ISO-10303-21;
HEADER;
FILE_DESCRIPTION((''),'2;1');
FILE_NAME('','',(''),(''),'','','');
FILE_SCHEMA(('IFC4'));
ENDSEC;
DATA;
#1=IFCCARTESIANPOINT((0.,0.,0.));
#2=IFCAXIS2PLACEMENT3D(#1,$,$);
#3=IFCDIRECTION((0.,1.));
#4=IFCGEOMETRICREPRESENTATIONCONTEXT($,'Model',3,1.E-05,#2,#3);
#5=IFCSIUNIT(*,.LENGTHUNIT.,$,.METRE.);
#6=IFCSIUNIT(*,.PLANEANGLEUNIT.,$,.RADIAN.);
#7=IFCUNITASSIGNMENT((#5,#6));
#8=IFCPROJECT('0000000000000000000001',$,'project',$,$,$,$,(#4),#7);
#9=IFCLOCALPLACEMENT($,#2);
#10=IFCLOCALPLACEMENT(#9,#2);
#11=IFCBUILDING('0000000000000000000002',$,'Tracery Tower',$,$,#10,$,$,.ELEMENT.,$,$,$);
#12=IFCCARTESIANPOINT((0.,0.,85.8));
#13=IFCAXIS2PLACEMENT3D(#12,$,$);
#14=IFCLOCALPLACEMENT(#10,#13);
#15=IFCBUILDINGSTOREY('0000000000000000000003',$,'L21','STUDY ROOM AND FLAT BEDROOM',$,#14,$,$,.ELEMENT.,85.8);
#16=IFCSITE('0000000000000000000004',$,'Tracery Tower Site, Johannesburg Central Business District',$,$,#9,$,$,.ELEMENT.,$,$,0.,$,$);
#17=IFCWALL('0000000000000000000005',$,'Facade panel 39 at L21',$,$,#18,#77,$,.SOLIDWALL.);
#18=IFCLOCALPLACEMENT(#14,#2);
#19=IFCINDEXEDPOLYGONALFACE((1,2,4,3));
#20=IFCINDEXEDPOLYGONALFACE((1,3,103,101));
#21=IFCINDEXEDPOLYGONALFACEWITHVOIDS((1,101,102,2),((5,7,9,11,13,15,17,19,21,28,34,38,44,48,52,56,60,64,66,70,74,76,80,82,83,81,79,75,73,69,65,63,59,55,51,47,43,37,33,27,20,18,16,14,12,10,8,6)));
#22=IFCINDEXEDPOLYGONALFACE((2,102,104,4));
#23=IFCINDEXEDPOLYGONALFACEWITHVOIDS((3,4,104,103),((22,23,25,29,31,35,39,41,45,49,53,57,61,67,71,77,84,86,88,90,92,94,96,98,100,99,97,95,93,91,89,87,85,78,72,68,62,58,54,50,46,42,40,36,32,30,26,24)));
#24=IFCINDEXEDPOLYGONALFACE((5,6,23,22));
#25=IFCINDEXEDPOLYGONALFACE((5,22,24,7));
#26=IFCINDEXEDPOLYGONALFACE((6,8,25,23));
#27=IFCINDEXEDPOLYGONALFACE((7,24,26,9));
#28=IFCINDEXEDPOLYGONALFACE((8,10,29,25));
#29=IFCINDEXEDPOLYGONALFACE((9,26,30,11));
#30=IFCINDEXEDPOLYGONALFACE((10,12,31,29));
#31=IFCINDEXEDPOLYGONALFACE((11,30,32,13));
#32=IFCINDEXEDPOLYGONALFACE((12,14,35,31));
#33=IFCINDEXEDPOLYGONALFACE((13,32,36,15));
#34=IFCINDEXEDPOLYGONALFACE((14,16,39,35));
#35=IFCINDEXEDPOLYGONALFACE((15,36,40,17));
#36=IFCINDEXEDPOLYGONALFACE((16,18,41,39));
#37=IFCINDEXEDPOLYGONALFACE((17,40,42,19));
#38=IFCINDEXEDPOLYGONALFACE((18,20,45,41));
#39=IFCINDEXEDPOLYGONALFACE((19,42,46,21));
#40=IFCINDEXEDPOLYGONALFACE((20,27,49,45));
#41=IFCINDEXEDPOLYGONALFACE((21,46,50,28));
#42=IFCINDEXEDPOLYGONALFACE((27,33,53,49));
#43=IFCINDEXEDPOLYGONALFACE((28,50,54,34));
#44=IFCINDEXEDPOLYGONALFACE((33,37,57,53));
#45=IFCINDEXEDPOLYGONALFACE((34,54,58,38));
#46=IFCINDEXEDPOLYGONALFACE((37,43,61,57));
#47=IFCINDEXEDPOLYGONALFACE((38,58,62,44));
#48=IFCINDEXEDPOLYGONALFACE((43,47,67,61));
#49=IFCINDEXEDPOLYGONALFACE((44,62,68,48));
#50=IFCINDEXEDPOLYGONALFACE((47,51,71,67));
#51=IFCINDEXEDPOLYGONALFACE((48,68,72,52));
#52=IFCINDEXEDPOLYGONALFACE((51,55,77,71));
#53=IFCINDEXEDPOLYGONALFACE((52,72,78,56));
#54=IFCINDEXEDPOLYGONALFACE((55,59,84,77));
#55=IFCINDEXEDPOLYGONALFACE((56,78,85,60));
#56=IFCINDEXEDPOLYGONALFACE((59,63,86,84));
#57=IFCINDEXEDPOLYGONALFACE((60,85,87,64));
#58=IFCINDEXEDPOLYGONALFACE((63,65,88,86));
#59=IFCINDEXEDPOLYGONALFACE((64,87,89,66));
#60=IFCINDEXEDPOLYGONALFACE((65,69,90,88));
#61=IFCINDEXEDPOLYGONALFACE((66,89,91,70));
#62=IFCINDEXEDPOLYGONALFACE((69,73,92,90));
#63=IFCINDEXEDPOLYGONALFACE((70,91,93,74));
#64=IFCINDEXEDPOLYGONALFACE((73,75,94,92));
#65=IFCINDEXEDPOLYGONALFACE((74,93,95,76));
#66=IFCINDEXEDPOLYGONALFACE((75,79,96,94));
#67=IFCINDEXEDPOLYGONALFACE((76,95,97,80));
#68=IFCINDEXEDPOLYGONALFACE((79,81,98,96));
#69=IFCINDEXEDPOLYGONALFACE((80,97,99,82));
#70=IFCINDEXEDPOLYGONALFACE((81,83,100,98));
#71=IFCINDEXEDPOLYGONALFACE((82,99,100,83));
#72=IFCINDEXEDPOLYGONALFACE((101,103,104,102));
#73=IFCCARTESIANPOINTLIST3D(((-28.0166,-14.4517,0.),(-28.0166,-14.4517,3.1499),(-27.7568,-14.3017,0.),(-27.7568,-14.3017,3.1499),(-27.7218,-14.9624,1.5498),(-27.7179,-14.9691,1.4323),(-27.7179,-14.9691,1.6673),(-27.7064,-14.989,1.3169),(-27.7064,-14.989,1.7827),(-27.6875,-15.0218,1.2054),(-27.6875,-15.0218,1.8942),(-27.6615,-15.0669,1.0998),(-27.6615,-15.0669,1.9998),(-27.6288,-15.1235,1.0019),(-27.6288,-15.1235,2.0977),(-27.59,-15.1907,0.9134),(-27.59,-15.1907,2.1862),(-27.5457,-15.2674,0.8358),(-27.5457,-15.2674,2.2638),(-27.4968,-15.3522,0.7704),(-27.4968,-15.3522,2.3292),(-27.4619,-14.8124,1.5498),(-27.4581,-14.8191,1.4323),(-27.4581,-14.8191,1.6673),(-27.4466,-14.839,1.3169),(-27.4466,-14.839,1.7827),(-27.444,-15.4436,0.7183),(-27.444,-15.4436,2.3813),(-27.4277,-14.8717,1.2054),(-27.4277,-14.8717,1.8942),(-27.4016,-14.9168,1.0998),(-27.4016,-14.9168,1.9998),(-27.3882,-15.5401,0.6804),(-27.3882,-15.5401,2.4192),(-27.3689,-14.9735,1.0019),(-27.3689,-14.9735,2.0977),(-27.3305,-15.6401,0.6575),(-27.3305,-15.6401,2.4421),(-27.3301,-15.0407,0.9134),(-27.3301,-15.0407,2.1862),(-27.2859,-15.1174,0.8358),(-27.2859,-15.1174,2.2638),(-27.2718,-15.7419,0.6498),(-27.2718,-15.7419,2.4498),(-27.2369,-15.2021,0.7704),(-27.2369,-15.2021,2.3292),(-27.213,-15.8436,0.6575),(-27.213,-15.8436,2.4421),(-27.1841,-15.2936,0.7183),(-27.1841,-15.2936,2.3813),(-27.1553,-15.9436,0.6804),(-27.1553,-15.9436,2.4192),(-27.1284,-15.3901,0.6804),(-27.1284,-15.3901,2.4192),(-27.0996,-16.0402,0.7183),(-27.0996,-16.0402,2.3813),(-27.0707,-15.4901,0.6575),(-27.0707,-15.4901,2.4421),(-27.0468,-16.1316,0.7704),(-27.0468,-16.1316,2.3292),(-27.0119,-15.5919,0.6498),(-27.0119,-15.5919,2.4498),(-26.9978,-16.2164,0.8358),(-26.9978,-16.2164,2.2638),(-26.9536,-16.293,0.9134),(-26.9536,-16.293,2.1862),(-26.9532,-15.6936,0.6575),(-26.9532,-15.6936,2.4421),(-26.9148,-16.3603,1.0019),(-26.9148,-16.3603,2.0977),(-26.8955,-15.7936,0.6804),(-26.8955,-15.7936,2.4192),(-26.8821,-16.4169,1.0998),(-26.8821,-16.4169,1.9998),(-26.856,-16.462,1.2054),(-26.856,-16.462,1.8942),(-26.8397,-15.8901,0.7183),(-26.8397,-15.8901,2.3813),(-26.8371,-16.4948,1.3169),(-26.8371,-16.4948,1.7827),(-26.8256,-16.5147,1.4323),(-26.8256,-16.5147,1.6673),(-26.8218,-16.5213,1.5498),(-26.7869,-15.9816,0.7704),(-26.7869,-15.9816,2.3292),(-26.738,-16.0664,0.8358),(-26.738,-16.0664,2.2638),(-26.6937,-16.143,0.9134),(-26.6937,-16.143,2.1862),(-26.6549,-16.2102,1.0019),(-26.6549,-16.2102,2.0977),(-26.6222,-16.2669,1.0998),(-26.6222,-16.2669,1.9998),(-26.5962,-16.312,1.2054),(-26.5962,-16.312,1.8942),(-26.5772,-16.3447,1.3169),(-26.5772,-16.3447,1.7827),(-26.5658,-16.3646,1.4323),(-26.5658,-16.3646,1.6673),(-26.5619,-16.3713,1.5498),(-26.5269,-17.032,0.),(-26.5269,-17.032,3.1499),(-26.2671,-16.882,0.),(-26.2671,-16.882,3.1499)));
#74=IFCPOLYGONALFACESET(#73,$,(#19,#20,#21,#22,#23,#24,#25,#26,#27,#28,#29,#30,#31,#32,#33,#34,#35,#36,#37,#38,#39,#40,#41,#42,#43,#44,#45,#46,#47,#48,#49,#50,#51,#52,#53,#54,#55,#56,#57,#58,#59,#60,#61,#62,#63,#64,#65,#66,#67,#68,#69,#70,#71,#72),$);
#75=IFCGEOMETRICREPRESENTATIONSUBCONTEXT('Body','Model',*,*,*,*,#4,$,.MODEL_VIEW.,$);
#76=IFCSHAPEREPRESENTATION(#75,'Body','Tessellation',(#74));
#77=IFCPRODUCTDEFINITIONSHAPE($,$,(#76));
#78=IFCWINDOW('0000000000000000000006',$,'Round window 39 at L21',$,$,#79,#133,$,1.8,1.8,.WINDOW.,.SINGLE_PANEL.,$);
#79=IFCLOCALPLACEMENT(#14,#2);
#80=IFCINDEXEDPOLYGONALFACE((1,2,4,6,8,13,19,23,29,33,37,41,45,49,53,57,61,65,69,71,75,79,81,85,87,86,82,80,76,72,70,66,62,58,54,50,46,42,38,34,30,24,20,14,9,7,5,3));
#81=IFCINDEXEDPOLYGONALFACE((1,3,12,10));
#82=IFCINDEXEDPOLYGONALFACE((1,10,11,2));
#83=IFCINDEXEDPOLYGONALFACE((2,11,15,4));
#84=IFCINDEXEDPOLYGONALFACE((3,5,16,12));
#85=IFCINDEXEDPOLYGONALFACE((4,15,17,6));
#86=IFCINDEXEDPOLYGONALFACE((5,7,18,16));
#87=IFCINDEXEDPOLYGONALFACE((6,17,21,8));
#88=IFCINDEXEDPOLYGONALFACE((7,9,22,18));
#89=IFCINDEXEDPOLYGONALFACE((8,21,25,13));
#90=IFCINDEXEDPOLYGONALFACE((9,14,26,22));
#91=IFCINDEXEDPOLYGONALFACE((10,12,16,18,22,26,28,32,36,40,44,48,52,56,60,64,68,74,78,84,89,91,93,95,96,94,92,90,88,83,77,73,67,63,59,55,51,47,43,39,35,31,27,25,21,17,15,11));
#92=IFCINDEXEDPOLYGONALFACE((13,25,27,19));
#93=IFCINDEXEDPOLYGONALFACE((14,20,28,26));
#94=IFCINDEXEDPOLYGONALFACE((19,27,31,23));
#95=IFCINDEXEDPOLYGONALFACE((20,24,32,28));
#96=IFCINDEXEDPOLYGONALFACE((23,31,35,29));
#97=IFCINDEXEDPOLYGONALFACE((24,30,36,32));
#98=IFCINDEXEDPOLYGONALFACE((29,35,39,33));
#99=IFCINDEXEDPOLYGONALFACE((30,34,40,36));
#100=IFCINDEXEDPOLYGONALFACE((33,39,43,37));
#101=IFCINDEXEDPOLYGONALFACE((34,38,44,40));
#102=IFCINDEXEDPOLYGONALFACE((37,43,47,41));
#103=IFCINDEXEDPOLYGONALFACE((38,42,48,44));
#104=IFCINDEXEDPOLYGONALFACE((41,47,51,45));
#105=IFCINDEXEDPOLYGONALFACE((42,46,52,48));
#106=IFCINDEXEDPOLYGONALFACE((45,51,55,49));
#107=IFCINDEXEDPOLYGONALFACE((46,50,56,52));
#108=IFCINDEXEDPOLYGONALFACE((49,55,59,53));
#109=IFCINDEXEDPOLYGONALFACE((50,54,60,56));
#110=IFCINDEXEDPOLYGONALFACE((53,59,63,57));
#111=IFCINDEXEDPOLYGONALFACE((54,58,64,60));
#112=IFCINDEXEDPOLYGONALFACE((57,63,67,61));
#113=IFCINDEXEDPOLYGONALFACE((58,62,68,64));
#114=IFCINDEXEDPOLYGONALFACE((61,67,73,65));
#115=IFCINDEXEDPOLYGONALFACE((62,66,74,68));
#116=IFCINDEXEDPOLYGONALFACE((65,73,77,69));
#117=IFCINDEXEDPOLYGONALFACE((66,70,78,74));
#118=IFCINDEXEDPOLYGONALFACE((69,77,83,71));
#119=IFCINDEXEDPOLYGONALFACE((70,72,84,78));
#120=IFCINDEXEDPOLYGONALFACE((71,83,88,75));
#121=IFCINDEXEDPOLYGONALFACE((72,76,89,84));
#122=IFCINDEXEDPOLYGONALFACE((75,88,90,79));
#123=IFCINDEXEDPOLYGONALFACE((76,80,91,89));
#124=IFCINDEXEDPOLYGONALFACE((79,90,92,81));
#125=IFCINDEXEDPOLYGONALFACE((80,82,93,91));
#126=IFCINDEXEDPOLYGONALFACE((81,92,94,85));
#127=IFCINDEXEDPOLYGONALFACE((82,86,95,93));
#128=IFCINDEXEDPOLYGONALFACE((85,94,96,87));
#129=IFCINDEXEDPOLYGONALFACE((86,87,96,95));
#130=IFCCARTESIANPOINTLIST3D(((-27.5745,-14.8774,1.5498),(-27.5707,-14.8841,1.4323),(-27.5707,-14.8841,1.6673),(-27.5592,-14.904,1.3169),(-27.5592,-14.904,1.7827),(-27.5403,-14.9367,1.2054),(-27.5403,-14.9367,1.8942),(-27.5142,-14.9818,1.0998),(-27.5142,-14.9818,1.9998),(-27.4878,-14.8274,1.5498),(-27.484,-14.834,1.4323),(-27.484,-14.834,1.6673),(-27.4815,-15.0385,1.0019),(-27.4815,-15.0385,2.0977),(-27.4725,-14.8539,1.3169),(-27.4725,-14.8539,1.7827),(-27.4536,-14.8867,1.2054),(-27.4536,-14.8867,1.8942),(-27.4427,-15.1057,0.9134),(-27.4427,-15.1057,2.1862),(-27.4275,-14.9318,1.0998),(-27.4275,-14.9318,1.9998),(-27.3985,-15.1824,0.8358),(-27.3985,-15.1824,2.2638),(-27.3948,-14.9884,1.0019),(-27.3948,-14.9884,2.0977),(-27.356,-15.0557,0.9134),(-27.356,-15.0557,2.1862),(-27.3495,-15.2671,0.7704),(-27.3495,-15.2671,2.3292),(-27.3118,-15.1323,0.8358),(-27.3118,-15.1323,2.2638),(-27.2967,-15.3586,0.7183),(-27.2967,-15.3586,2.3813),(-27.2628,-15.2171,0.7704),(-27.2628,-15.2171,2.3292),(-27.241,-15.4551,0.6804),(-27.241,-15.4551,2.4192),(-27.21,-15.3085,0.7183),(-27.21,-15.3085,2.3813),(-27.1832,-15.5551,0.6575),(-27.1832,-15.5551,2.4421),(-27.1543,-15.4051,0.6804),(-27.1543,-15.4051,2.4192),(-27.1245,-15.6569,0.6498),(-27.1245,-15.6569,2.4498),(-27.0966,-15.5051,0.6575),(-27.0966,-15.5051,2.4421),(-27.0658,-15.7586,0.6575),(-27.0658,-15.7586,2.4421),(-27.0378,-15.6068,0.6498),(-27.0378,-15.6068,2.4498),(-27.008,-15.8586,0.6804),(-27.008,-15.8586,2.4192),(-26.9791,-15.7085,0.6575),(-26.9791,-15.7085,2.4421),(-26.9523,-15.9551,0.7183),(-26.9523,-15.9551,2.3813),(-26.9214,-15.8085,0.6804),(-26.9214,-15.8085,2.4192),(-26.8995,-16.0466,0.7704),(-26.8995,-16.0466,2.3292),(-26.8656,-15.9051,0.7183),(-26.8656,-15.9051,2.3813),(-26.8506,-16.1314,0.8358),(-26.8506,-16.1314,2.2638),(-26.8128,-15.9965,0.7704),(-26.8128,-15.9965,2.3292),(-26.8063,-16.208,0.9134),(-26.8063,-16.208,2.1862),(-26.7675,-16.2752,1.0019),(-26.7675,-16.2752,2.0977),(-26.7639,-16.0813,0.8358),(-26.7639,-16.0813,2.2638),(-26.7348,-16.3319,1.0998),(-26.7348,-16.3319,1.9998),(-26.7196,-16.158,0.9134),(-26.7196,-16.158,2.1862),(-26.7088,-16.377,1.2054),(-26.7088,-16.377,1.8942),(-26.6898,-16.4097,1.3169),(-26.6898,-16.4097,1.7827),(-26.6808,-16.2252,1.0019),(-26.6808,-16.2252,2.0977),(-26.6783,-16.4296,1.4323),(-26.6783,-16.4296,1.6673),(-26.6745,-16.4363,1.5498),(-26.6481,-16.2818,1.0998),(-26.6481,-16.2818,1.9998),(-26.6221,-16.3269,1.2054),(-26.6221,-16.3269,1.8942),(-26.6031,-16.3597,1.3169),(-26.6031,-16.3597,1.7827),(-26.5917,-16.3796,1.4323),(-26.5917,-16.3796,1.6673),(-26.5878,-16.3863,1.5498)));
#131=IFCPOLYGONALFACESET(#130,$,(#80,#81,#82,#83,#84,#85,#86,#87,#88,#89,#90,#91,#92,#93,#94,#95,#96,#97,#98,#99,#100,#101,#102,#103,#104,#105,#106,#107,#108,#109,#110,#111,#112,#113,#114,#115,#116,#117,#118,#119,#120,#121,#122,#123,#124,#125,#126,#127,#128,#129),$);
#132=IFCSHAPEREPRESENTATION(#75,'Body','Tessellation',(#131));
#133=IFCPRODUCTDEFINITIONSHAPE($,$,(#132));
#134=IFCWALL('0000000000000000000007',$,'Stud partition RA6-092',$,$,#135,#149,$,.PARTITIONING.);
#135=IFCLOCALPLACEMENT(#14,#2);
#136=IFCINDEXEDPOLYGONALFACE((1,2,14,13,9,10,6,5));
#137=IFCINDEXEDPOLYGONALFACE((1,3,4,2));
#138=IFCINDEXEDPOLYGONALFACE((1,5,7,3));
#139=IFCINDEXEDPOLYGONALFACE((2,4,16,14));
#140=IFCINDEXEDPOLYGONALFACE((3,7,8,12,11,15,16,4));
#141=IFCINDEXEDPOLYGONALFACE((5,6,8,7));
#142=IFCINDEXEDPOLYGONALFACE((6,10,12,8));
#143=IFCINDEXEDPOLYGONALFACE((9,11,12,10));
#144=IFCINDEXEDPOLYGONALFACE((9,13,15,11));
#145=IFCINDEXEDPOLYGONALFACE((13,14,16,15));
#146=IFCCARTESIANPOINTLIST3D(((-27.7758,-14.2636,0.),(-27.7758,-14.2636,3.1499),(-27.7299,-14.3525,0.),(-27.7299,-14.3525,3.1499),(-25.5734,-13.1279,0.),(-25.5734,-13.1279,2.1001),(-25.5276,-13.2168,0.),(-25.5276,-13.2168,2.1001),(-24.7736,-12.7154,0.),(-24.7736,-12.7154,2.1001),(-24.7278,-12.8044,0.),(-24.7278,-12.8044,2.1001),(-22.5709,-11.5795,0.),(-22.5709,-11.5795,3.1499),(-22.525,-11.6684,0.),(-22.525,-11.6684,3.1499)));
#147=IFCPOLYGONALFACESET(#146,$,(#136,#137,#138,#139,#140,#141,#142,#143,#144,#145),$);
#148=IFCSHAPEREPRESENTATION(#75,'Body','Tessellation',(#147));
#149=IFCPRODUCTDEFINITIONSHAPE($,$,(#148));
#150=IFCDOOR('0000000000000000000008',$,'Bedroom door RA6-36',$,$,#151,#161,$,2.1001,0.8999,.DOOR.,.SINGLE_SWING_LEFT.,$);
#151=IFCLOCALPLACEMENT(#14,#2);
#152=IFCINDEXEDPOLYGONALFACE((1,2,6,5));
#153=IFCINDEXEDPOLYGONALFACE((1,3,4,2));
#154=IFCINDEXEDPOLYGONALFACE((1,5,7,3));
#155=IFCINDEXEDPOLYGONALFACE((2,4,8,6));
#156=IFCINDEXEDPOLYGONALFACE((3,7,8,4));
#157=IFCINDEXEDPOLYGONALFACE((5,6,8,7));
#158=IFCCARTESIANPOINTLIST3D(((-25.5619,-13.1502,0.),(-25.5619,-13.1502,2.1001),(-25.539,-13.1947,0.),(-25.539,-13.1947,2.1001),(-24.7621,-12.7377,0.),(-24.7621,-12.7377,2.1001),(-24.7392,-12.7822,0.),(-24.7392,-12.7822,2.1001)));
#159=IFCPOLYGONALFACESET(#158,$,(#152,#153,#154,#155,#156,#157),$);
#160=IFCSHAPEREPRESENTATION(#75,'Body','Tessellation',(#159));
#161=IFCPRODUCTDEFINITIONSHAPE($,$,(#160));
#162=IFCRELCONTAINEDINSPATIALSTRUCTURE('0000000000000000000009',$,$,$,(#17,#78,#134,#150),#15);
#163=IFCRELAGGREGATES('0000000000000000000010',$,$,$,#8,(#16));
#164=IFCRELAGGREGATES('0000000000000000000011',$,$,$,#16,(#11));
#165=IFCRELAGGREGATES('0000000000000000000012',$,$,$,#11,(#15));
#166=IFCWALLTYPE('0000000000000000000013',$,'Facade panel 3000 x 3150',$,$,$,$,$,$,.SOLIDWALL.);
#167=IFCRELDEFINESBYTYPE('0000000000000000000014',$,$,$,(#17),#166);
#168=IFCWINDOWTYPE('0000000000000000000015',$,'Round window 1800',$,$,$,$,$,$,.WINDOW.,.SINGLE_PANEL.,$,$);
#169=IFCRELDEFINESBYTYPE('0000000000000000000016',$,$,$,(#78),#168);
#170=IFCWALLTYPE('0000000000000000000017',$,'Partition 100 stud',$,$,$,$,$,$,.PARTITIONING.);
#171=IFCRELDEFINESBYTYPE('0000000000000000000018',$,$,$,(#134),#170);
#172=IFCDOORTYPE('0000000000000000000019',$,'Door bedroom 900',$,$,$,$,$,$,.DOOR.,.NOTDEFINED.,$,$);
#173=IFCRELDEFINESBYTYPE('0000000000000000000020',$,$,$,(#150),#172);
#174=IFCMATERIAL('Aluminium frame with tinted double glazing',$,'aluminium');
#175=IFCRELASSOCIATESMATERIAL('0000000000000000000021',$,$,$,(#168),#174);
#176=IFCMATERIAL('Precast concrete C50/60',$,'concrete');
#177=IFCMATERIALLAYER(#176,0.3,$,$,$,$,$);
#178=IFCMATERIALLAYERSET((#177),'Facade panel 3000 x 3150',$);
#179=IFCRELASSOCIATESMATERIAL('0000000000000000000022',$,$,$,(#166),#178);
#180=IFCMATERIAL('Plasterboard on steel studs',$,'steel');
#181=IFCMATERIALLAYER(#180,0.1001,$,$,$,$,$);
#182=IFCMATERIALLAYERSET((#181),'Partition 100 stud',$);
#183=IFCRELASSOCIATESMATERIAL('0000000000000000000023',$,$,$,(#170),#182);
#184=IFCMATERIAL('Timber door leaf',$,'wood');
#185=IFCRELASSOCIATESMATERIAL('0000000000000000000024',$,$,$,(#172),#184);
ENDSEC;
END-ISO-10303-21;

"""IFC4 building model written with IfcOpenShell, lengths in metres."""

from ifc_helpers import new_model, si_unit, direction, frame, frame_2d, origin, origin_2d, place, context, subcontext, project, spatial, rectangle, circle, extrude, material, layer, layer_set, type_object, element, fill, save


model = new_model("IFC4")

# Units and contexts
model_context = context("Model", 3, precision=1e-05, world=origin(), true_north=direction((0.0, 1.0)))
body_context = subcontext(model_context, "Body", "Model", "MODEL_VIEW")
ifc_project = project(units=[si_unit("LENGTHUNIT", "METRE"), si_unit("PLANEANGLEUNIT", "RADIAN")], contexts=[model_context])

# Site, building, storey
site_placement = place(None, origin())
site = spatial("IfcSite", under=ifc_project, at=site_placement, Name="Tracery Tower Site, Johannesburg Central Business District", CompositionType="ELEMENT", RefElevation=0.0)
building_placement = place(site_placement, origin())
building = spatial("IfcBuilding", under=site, at=building_placement, Name="Tracery Tower", CompositionType="ELEMENT")
storey_placement = place(building_placement, frame((0.0, 0.0, 85.8)))
storey = spatial("IfcBuildingStorey", under=building, at=storey_placement, Name="L21", Description="STUDY ROOM AND FLAT BEDROOM", CompositionType="ELEMENT", Elevation=85.8)

# Wall, opening, window
ifc_material_1 = material(Name="Aluminium frame with tinted double glazing", Category="aluminium")
window_type = type_object("IfcWindowType", Name="Round window 1800", PartitioningType="SINGLE_PANEL", PredefinedType="WINDOW", material=ifc_material_1)
ifc_material_2 = material(Name="Precast concrete C50/60", Category="concrete")
ifc_layer_1 = layer(ifc_material_2, 0.3)
ifc_layer_set_1 = layer_set([ifc_layer_1], Name="Facade panel 3000 x 3150")
wall_type_1 = type_object("IfcWallType", Name="Facade panel 3000 x 3150", PredefinedType="SOLIDWALL", material=ifc_layer_set_1)
wall_1_placement = place(storey_placement, frame((-27.8867, -14.3767, 0.0), z_axis=(0.0, 0.0, 1.0), x_axis=(0.499999, -0.866026, 0.0)))
wall_1 = element("IfcWall", 1, at=wall_1_placement, inside=storey, type_object=wall_type_1, Name="Facade panel 39 at L21", PredefinedType="SOLIDWALL", context=body_context, shape_type="SweptSolid", body=[
    extrude(rectangle(XDim=2.9795, YDim=0.3, at=frame_2d((1.4897, 0.0))), origin(), (0.0, 0.0, 1.0), 3.1499),
])
opening_1_placement = place(wall_1_placement, frame((1.4897, 0.0, 1.5498)))
opening_1 = element("IfcOpeningElement", 2, at=opening_1_placement, cuts=wall_1, PredefinedType="OPENING", context=body_context, shape_type="SweptSolid", body=[
    extrude(circle(Radius=0.9, at=origin_2d()), frame((0.0, 0.1599, 0.0), z_axis=(0.0, -1.0, 0.0), x_axis=(1.0, 0.0, 0.0)), (0.0, 0.0, 1.0), 0.3201),
])
window_1_placement = place(opening_1_placement, origin())
window_1 = element("IfcWindow", 3, at=window_1_placement, inside=storey, type_object=window_type, Name="Round window 39 at L21", OverallHeight=1.8, OverallWidth=1.8, PartitioningType="SINGLE_PANEL", PredefinedType="WINDOW", context=body_context, shape_type="SweptSolid", body=[
    extrude(circle(Radius=0.9, at=origin_2d()), frame((0.0, 0.1201, 0.0), z_axis=(0.0, -1.0, 0.0), x_axis=(1.0, 0.0, 0.0)), (0.0, 0.0, 1.0), 0.1001),
])
fill(opening_1, window_1)

# Wall, opening, door
ifc_material_3 = material(Name="Plasterboard on steel studs", Category="steel")
ifc_layer_2 = layer(ifc_material_3, 0.1001)
ifc_layer_set_2 = layer_set([ifc_layer_2], Name="Partition 100 stud")
wall_type_2 = type_object("IfcWallType", Name="Partition 100 stud", PredefinedType="PARTITIONING", material=ifc_layer_set_2)
wall_2_placement = place(storey_placement, frame((-27.7529, -14.3081, 0.0), z_axis=(0.0, 0.0, 1.0), x_axis=(0.88878, 0.458335, 0.0)))
wall_2 = element("IfcWall", 4, at=wall_2_placement, inside=storey, type_object=wall_type_2, Name="Stud partition RA6-092", PredefinedType="PARTITIONING", context=body_context, shape_type="SweptSolid", body=[
    extrude(rectangle(XDim=5.8562, YDim=0.1001, at=frame_2d((2.9282, 0.0))), origin(), (0.0, 0.0, 1.0), 3.1499),
])
opening_2_placement = place(wall_2_placement, frame((2.478, 0.0, 0.0)))
opening_2 = element("IfcOpeningElement", 5, at=opening_2_placement, cuts=wall_2, PredefinedType="OPENING", context=body_context, shape_type="SweptSolid", body=[
    extrude(rectangle(XDim=0.8999, YDim=2.1001, at=frame_2d((0.45, 1.05))), frame((0.0, 0.05, 0.0), z_axis=(0.0, -1.0, 0.0), x_axis=(1.0, 0.0, 0.0)), (0.0, 0.0, 1.0), 0.1001),
])
ifc_material_4 = material(Name="Timber door leaf", Category="wood")
door_type_1 = type_object("IfcDoorType", Name="Door bedroom 900", OperationType="NOTDEFINED", PredefinedType="DOOR", material=ifc_material_4)
door_1_placement = place(opening_2_placement, origin())
door_1 = element("IfcDoor", 6, at=door_1_placement, inside=storey, type_object=door_type_1, Name="Bedroom door RA6-36", OperationType="SINGLE_SWING_LEFT", OverallHeight=2.1001, OverallWidth=0.8999, PredefinedType="DOOR", context=body_context, shape_type="SweptSolid", body=[
    extrude(rectangle(XDim=0.8999, YDim=2.1001, at=frame_2d((0.45, 1.05))), frame((0.0, 0.0249, 0.0), z_axis=(0.0, -1.0, 0.0), x_axis=(1.0, 0.0, 0.0)), (0.0, 0.0, 1.0), 0.05),
])
fill(opening_2, door_1)

save(model, "model.ifc")
